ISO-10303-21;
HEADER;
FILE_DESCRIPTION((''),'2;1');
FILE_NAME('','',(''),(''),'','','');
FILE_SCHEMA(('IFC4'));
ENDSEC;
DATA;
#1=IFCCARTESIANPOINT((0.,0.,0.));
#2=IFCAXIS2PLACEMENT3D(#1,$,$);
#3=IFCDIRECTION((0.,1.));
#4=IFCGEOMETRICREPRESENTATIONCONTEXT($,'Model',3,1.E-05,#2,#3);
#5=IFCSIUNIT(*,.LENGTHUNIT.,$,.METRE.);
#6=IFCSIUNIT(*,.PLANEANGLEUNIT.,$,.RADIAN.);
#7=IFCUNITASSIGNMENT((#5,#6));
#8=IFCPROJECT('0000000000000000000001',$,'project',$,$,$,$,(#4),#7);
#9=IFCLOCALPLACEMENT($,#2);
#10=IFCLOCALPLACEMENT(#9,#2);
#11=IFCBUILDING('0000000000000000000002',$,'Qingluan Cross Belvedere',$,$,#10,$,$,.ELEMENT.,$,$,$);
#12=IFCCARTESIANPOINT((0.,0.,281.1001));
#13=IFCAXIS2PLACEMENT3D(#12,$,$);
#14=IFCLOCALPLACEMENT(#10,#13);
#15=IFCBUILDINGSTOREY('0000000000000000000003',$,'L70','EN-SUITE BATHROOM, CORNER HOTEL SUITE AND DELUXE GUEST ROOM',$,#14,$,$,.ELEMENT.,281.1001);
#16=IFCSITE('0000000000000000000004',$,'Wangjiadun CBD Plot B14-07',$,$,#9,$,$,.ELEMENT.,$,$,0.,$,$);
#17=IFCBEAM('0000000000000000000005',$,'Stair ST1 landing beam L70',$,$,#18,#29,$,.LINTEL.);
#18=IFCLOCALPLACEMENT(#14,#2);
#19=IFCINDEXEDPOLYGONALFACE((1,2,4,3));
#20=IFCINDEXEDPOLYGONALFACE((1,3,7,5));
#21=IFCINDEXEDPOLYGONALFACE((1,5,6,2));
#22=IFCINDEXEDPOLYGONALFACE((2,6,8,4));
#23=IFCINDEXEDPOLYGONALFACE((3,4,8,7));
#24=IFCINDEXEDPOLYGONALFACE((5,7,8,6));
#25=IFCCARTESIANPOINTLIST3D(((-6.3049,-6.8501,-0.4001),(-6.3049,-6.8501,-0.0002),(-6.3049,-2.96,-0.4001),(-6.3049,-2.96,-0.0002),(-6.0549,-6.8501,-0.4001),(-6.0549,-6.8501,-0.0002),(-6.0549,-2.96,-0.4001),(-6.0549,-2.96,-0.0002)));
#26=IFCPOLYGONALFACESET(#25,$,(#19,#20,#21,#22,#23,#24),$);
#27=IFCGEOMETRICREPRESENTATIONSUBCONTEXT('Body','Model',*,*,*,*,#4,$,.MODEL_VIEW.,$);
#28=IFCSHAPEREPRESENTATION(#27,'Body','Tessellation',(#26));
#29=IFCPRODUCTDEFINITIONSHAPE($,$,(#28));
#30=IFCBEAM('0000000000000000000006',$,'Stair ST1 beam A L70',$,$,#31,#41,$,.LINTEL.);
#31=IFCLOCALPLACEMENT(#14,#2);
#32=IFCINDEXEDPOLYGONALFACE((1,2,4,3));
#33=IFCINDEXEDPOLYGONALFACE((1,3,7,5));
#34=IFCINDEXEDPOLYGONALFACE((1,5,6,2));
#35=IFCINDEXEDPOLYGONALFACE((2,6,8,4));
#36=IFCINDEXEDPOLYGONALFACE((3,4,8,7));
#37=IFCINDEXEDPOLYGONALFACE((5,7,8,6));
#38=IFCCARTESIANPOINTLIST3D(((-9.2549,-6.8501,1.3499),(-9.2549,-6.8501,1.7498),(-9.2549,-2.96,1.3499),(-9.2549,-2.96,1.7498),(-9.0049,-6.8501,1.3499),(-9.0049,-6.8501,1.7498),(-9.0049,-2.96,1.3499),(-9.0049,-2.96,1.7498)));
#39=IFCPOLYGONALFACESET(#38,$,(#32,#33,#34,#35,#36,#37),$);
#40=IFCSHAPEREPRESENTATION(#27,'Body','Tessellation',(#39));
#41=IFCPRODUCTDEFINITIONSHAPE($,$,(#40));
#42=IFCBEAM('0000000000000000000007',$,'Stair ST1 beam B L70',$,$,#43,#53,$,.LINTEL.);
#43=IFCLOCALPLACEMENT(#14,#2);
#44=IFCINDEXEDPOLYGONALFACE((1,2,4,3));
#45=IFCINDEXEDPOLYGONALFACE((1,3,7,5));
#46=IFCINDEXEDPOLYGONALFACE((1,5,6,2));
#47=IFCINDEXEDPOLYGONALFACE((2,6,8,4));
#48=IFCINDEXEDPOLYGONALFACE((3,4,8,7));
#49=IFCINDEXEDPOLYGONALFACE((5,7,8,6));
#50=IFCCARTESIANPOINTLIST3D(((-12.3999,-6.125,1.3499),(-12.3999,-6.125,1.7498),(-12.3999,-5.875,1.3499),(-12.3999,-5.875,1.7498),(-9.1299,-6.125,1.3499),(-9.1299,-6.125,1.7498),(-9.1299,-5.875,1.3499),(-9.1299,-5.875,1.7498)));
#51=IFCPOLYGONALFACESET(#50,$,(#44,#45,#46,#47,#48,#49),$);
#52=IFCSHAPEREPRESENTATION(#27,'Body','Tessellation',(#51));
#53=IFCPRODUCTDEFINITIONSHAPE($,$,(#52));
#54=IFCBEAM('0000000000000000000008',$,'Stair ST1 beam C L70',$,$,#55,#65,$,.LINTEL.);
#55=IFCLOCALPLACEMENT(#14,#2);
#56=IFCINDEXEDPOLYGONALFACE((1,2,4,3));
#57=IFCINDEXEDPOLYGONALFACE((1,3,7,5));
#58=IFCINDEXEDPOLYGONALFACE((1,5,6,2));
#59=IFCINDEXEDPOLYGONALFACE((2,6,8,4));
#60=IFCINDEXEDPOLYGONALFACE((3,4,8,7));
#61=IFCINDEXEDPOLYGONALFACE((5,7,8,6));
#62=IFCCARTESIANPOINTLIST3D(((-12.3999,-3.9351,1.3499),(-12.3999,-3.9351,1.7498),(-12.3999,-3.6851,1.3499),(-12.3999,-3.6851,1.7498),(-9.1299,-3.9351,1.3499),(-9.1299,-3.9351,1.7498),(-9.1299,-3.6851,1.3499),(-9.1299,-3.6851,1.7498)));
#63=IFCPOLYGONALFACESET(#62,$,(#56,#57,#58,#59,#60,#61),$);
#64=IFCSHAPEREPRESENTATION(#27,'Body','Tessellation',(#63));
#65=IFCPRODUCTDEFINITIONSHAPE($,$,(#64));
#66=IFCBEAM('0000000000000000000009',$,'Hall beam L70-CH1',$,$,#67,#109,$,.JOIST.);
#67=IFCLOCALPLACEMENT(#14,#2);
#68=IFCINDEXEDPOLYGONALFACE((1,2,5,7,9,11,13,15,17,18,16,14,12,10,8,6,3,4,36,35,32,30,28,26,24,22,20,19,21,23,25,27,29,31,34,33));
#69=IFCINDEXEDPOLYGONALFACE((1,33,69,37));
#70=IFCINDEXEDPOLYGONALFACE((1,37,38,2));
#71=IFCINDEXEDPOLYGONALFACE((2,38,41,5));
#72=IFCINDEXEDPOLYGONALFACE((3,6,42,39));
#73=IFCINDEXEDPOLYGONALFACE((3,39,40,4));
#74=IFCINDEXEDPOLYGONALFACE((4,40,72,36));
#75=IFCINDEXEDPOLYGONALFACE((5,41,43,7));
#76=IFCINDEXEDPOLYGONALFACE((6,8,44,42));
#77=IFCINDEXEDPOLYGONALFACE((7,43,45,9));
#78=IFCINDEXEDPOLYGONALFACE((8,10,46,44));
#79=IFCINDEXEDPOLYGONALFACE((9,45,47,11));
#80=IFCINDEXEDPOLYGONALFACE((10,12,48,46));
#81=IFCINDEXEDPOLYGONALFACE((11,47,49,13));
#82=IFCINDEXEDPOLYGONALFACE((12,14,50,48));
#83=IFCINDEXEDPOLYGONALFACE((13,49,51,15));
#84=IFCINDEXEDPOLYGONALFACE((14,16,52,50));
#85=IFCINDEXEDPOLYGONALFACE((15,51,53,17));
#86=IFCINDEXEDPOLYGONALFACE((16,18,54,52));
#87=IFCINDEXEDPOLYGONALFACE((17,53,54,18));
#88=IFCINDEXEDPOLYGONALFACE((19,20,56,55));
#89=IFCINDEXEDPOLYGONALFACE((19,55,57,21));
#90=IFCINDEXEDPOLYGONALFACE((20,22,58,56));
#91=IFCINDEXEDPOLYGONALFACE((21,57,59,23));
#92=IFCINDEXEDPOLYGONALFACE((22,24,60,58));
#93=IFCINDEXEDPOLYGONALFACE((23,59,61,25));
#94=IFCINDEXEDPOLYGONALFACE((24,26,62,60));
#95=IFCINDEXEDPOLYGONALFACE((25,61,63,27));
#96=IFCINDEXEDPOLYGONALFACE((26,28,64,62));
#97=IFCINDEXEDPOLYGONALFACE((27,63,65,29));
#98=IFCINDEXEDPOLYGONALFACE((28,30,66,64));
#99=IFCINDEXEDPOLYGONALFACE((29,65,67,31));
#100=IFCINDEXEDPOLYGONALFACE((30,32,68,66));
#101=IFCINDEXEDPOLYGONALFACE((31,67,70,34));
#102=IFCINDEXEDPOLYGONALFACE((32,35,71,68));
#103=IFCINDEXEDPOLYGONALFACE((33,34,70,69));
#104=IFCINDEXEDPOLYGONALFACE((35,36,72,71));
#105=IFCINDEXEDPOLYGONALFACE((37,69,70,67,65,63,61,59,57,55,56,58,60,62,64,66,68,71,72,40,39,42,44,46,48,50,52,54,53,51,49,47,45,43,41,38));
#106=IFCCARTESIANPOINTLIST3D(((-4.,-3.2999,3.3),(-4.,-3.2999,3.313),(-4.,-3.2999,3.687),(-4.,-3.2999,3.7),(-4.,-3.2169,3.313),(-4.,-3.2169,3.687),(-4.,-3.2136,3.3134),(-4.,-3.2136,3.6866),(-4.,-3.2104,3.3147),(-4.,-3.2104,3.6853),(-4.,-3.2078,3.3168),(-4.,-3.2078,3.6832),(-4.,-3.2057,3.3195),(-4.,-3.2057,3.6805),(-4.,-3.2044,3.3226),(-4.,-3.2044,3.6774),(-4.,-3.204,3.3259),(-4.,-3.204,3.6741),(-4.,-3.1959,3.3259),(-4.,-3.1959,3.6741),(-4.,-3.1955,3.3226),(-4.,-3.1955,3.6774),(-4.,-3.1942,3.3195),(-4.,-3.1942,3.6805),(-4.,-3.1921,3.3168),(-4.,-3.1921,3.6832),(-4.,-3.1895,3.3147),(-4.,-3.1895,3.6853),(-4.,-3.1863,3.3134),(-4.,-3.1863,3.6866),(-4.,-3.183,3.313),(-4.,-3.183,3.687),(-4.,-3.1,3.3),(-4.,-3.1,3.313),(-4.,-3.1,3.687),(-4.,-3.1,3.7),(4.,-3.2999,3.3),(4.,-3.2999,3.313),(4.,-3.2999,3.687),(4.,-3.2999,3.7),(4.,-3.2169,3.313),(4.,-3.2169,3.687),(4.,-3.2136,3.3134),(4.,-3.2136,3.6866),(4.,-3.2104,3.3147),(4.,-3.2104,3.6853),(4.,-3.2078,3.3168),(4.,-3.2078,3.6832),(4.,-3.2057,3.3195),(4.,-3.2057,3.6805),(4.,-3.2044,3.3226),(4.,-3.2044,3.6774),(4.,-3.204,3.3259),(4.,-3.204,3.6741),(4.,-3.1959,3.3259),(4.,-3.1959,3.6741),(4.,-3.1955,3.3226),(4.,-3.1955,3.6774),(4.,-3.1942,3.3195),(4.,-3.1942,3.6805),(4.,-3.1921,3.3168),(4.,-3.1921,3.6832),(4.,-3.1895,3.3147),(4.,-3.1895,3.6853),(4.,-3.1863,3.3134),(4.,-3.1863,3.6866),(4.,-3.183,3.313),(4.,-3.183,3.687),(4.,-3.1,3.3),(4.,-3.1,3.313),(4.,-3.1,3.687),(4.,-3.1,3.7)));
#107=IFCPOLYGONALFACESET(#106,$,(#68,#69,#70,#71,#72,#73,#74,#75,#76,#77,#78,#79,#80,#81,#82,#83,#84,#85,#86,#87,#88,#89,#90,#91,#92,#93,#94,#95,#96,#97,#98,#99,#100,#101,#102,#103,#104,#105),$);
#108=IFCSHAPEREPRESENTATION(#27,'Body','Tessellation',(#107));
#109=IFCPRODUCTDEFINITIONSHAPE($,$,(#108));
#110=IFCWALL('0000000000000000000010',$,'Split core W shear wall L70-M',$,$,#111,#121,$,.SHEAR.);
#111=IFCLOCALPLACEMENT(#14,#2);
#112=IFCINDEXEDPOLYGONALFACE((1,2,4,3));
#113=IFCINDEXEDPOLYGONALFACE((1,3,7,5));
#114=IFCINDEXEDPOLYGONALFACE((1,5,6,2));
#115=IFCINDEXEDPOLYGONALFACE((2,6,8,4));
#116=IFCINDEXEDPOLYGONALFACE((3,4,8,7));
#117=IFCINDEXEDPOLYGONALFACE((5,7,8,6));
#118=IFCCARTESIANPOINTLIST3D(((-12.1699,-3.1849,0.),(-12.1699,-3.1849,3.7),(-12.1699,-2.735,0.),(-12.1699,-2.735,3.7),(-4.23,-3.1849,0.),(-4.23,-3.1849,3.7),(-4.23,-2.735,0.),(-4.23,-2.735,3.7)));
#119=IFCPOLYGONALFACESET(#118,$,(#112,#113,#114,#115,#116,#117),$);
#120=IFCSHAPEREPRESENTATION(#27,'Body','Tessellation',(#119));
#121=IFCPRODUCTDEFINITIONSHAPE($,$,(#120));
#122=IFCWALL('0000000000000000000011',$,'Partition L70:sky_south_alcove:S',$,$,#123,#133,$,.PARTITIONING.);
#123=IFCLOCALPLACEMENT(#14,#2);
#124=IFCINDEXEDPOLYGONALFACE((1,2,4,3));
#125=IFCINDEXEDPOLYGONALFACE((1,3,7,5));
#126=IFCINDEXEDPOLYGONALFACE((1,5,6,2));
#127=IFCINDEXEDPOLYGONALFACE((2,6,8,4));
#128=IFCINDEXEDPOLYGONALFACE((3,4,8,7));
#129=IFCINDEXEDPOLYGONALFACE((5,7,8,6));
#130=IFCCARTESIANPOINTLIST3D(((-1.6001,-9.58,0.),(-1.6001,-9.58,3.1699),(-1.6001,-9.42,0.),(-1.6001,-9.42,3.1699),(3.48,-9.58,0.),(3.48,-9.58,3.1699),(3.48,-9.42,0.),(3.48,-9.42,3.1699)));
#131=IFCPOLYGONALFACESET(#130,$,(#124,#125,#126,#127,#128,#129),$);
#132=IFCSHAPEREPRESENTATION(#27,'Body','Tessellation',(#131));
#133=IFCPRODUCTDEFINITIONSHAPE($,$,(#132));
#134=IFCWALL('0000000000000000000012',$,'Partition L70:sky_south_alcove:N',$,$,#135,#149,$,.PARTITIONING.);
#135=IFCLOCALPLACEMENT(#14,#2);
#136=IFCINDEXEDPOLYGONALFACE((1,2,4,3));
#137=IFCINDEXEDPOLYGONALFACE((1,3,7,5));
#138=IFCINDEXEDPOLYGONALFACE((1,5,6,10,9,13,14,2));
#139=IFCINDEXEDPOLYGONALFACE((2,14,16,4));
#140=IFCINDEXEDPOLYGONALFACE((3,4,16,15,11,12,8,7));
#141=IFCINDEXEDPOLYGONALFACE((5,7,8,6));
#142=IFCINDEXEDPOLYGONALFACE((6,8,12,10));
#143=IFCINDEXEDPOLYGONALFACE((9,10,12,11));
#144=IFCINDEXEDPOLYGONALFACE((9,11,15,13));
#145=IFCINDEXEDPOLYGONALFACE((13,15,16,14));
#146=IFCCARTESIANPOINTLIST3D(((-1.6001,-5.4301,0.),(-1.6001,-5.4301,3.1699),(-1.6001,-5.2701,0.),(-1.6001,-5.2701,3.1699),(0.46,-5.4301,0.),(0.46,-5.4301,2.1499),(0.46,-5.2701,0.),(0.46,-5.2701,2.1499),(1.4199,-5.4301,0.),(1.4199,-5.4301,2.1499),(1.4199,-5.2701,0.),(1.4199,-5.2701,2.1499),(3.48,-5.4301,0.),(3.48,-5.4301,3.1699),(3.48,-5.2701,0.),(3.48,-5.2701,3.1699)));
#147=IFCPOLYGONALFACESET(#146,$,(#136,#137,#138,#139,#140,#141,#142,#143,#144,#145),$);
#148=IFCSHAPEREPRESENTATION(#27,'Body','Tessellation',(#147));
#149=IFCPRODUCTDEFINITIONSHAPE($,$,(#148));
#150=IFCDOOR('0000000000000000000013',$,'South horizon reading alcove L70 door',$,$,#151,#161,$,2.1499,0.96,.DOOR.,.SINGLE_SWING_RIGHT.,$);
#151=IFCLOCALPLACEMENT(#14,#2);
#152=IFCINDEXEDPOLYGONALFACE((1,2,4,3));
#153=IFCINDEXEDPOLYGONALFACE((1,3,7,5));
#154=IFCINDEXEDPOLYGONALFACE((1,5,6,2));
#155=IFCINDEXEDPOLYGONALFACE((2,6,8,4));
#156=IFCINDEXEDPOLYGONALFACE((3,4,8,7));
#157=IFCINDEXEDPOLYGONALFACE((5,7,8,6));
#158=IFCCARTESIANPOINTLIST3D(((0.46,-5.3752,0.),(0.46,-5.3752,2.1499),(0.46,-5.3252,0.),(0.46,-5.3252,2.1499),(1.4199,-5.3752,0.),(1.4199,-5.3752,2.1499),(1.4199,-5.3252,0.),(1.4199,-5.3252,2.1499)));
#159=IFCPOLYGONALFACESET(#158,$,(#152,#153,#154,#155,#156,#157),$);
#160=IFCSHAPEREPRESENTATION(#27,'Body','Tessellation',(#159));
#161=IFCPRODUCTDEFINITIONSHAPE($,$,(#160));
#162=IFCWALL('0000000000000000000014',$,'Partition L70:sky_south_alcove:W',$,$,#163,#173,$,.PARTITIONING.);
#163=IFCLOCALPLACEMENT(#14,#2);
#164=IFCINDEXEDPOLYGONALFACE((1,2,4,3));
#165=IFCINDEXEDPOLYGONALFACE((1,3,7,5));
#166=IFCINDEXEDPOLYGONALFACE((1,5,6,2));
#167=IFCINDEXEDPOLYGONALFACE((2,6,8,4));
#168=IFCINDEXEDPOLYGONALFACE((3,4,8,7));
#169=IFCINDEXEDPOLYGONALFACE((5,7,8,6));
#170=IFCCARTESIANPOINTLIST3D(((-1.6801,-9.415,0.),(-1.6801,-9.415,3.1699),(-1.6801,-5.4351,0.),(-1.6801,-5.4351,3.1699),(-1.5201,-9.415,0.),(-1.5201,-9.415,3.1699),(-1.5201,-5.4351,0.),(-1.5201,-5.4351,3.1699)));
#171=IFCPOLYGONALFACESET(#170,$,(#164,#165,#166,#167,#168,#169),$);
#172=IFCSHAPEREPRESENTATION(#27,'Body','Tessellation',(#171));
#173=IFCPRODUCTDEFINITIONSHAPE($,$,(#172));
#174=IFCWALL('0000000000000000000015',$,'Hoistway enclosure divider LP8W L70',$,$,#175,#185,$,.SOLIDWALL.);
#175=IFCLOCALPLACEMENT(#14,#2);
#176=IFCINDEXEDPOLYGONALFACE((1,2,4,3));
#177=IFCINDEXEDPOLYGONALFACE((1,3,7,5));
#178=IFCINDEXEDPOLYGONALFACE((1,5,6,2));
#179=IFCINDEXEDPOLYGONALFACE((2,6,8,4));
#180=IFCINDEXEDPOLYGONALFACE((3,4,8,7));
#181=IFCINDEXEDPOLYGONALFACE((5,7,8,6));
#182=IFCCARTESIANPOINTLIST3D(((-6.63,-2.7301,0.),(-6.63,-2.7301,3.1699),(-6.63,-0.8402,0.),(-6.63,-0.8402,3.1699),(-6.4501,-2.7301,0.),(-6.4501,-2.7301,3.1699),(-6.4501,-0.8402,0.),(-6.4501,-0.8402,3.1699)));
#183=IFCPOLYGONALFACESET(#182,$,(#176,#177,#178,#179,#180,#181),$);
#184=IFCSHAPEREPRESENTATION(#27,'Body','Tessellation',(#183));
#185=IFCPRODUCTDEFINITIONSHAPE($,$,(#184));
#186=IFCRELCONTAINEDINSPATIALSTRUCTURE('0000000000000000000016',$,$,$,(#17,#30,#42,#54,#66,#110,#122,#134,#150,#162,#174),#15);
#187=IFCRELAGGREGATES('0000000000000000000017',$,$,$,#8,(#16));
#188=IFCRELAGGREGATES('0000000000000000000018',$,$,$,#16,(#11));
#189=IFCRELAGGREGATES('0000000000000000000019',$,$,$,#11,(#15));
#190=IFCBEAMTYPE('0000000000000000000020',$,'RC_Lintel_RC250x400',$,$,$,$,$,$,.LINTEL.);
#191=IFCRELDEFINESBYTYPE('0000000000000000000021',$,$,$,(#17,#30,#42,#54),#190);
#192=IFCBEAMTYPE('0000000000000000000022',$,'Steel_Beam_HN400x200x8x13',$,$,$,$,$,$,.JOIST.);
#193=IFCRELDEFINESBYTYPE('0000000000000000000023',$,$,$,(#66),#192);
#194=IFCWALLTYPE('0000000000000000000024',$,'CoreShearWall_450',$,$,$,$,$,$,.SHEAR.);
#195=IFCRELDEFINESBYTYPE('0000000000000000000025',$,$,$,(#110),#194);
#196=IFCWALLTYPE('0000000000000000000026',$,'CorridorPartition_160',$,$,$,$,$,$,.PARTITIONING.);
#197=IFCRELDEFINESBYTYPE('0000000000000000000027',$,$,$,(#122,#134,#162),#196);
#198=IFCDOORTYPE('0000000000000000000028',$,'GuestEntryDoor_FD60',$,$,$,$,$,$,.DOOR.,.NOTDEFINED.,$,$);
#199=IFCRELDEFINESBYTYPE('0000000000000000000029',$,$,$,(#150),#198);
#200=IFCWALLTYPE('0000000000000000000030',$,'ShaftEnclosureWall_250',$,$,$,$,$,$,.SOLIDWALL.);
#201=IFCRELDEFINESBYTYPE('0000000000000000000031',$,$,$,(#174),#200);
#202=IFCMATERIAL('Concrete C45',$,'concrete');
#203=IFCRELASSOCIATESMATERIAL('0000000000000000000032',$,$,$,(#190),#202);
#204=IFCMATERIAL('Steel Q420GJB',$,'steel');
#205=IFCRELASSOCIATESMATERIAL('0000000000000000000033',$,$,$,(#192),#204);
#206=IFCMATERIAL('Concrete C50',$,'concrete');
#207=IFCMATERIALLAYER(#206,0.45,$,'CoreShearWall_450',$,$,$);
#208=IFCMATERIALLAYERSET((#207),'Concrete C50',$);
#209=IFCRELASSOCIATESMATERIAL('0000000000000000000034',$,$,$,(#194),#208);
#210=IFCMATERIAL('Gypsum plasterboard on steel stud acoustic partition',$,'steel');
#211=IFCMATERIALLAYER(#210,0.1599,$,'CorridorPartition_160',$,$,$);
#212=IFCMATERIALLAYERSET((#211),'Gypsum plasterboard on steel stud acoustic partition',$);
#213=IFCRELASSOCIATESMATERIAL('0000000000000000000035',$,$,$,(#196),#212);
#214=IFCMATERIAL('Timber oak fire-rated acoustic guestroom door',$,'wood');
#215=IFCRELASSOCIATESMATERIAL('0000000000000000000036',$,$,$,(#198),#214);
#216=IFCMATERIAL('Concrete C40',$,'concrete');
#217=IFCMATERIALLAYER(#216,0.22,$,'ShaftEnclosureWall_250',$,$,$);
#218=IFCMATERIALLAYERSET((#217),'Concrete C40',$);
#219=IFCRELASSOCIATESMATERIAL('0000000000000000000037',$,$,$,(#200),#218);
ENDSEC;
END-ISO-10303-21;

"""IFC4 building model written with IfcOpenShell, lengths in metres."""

from ifc_helpers import new_model, si_unit, direction, frame, frame_2d, origin, origin_2d, place, context, subcontext, project, spatial, rectangle, i_section, extrude, material, layer, layer_set, material_profile, profile_set, type_object, element, fill, save


model = new_model("IFC4")

# Units and contexts
model_context = context("Model", 3, precision=1e-05, world=origin(), true_north=direction((0.0, 1.0)))
body_context = subcontext(model_context, "Body", "Model", "MODEL_VIEW")
ifc_project = project(units=[si_unit("LENGTHUNIT", "METRE"), si_unit("PLANEANGLEUNIT", "RADIAN")], contexts=[model_context])

# Site, building, storey
site_placement = place(None, origin())
site = spatial("IfcSite", under=ifc_project, at=site_placement, Name="Wangjiadun CBD Plot B14-07", CompositionType="ELEMENT", RefElevation=0.0)
building_placement = place(site_placement, origin())
building = spatial("IfcBuilding", under=site, at=building_placement, Name="Qingluan Cross Belvedere", CompositionType="ELEMENT")
storey_placement = place(building_placement, frame((0.0, 0.0, 281.1001)))
storey = spatial("IfcBuildingStorey", under=building, at=storey_placement, Name="L70", Description="EN-SUITE BATHROOM, CORNER HOTEL SUITE AND DELUXE GUEST ROOM", CompositionType="ELEMENT", Elevation=281.1001)

# Beams
ifc_material_1 = material(Name="Concrete C45", Category="concrete")
ifc_material_profile_1 = material_profile(ifc_material_1, rectangle(XDim=0.25, YDim=0.3999, at=origin_2d()), Name="RC250x400")
ifc_profile_set_1 = profile_set([ifc_material_profile_1], Name="Concrete C45")
beam_type_1 = type_object("IfcBeamType", Name="RC_Lintel_RC250x400", PredefinedType="LINTEL", material=ifc_profile_set_1)
for number, where, z_axis, x_axis, name in (
    (1, (-6.1799, -6.8501, -0.2002), (0.0, 1.0, 0.0), (-1.0, 0.0, 0.0), "Stair ST1 landing beam L70"),
    (2, (-9.1299, -6.8501, 1.5498), (0.0, 1.0, 0.0), (-1.0, 0.0, 0.0), "Stair ST1 beam A L70"),
):
    element("IfcBeam", number, at=place(storey_placement, frame(where, z_axis=z_axis, x_axis=x_axis)), inside=storey, type_object=beam_type_1, Name=name, PredefinedType="LINTEL", context=body_context, shape_type="SweptSolid", body=[
        extrude(rectangle(XDim=0.25, YDim=0.3999, at=origin_2d()), origin(), (0.0, 0.0, 1.0), 3.8901),
    ])
for number, where, z_axis, x_axis, name in (
    (3, (-12.3999, -6.0, 1.5498), (1.0, 0.0, 0.0), (0.0, 1.0, 0.0), "Stair ST1 beam B L70"),
    (4, (-12.3999, -3.8101, 1.5498), (1.0, 0.0, 0.0), (0.0, 1.0, 0.0), "Stair ST1 beam C L70"),
):
    element("IfcBeam", number, at=place(storey_placement, frame(where, z_axis=z_axis, x_axis=x_axis)), inside=storey, type_object=beam_type_1, Name=name, PredefinedType="LINTEL", context=body_context, shape_type="SweptSolid", body=[
        extrude(rectangle(XDim=0.25, YDim=0.3999, at=origin_2d()), origin(), (0.0, 0.0, 1.0), 3.27),
    ])
ifc_material_2 = material(Name="Steel Q420GJB", Category="steel")
ifc_material_profile_2 = material_profile(ifc_material_2, i_section(OverallWidth=0.2, OverallDepth=0.3999, WebThickness=0.0081, FlangeThickness=0.0129, FilletRadius=0.0129, at=origin_2d()), Name="HN400x200x8x13")
ifc_profile_set_2 = profile_set([ifc_material_profile_2], Name="Steel Q420GJB")
beam_type_2 = type_object("IfcBeamType", Name="Steel_Beam_HN400x200x8x13", PredefinedType="JOIST", material=ifc_profile_set_2)
beam_placement = place(storey_placement, frame((-4.0, -3.2, 3.5), z_axis=(1.0, 0.0, 0.0), x_axis=(0.0, 1.0, 0.0)))
element("IfcBeam", 5, at=beam_placement, inside=storey, type_object=beam_type_2, Name="Hall beam L70-CH1", PredefinedType="JOIST", context=body_context, shape_type="SweptSolid", body=[
    extrude(i_section(OverallWidth=0.2, OverallDepth=0.3999, WebThickness=0.0081, FlangeThickness=0.0129, FilletRadius=0.0129, at=origin_2d()), origin(), (0.0, 0.0, 1.0), 8.0),
])

# Shared definitions
ifc_material_3 = material(Name="Concrete C50", Category="concrete")
ifc_layer_1 = layer(ifc_material_3, 0.45, Name="CoreShearWall_450")
ifc_layer_set_1 = layer_set([ifc_layer_1], Name="Concrete C50")
wall_type_1 = type_object("IfcWallType", Name="CoreShearWall_450", PredefinedType="SHEAR", material=ifc_layer_set_1)

# Walls
wall_1_placement = place(storey_placement, frame((-12.1699, -2.96, 0.0), z_axis=(0.0, 0.0, 1.0), x_axis=(1.0, 0.0, 0.0)))
element("IfcWall", 6, at=wall_1_placement, inside=storey, type_object=wall_type_1, Name="Split core W shear wall L70-M", PredefinedType="SHEAR", context=body_context, shape_type="SweptSolid", body=[
    extrude(rectangle(XDim=7.9399, YDim=0.45, at=frame_2d((3.97, 0.0))), origin(), (0.0, 0.0, 1.0), 3.7),
])
ifc_material_4 = material(Name="Gypsum plasterboard on steel stud acoustic partition", Category="steel")
ifc_layer_2 = layer(ifc_material_4, 0.1599, Name="CorridorPartition_160")
ifc_layer_set_2 = layer_set([ifc_layer_2], Name="Gypsum plasterboard on steel stud acoustic partition")
wall_type_2 = type_object("IfcWallType", Name="CorridorPartition_160", PredefinedType="PARTITIONING", material=ifc_layer_set_2)
wall_2_placement = place(storey_placement, frame((-1.6001, -9.5, 0.0), z_axis=(0.0, 0.0, 1.0), x_axis=(1.0, 0.0, 0.0)))
element("IfcWall", 7, at=wall_2_placement, inside=storey, type_object=wall_type_2, Name="Partition L70:sky_south_alcove:S", PredefinedType="PARTITIONING", context=body_context, shape_type="SweptSolid", body=[
    extrude(rectangle(XDim=5.0801, YDim=0.1599, at=frame_2d((2.54, 0.0))), origin(), (0.0, 0.0, 1.0), 3.1699),
])

# Wall, opening, door
wall_3_placement = place(storey_placement, frame((-1.6001, -5.3501, 0.0), z_axis=(0.0, 0.0, 1.0), x_axis=(1.0, 0.0, 0.0)))
wall_3 = element("IfcWall", 8, at=wall_3_placement, inside=storey, type_object=wall_type_2, Name="Partition L70:sky_south_alcove:N", PredefinedType="PARTITIONING", context=body_context, shape_type="SweptSolid", body=[
    extrude(rectangle(XDim=5.0801, YDim=0.1599, at=frame_2d((2.54, 0.0))), origin(), (0.0, 0.0, 1.0), 3.1699),
])
opening_1_placement = place(wall_3_placement, frame((2.0601, 0.0, 0.0)))
opening_1 = element("IfcOpeningElement", 9, at=opening_1_placement, cuts=wall_3, PredefinedType="OPENING", context=body_context, shape_type="SweptSolid", body=[
    extrude(rectangle(XDim=0.96, YDim=2.1499, at=frame_2d((0.48, 1.075))), frame((0.0, 0.0898, 0.0), z_axis=(0.0, -1.0, 0.0), x_axis=(1.0, 0.0, 0.0)), (0.0, 0.0, 1.0), 0.1799),
])
ifc_material_5 = material(Name="Timber oak fire-rated acoustic guestroom door", Category="wood")
door_type_1 = type_object("IfcDoorType", Name="GuestEntryDoor_FD60", OperationType="NOTDEFINED", PredefinedType="DOOR", material=ifc_material_5)
door_1_placement = place(opening_1_placement, origin())
door_1 = element("IfcDoor", 10, at=door_1_placement, inside=storey, type_object=door_type_1, Name="South horizon reading alcove L70 door", OperationType="SINGLE_SWING_RIGHT", OverallHeight=2.1499, OverallWidth=0.96, PredefinedType="DOOR", context=body_context, shape_type="SweptSolid", body=[
    extrude(rectangle(XDim=0.96, YDim=2.1499, at=frame_2d((0.48, 1.075))), frame((0.0, 0.0249, 0.0), z_axis=(0.0, -1.0, 0.0), x_axis=(1.0, 0.0, 0.0)), (0.0, 0.0, 1.0), 0.05),
])
fill(opening_1, door_1)

# Wall
wall_4_placement = place(storey_placement, frame((-1.6001, -9.415, 0.0), z_axis=(0.0, 0.0, 1.0), x_axis=(0.0, 1.0, 0.0)))
element("IfcWall", 11, at=wall_4_placement, inside=storey, type_object=wall_type_2, Name="Partition L70:sky_south_alcove:W", PredefinedType="PARTITIONING", context=body_context, shape_type="SweptSolid", body=[
    extrude(rectangle(XDim=3.98, YDim=0.1599, at=frame_2d((1.99, 0.0))), origin(), (0.0, 0.0, 1.0), 3.1699),
])

# Wall
ifc_material_6 = material(Name="Concrete C40", Category="concrete")
ifc_layer_3 = layer(ifc_material_6, 0.22, Name="ShaftEnclosureWall_250")
ifc_layer_set_3 = layer_set([ifc_layer_3], Name="Concrete C40")
wall_type_3 = type_object("IfcWallType", Name="ShaftEnclosureWall_250", PredefinedType="SOLIDWALL", material=ifc_layer_set_3)
wall_5_placement = place(storey_placement, frame((-6.54, -2.73, 0.0), z_axis=(0.0, 0.0, 1.0), x_axis=(0.0, 1.0, 0.0)))
element("IfcWall", 12, at=wall_5_placement, inside=storey, type_object=wall_type_3, Name="Hoistway enclosure divider LP8W L70", PredefinedType="SOLIDWALL", context=body_context, shape_type="SweptSolid", body=[
    extrude(rectangle(XDim=1.8899, YDim=0.1799, at=frame_2d((0.9448, 0.0))), origin(), (0.0, 0.0, 1.0), 3.1699),
])

save(model, "model.ifc")
